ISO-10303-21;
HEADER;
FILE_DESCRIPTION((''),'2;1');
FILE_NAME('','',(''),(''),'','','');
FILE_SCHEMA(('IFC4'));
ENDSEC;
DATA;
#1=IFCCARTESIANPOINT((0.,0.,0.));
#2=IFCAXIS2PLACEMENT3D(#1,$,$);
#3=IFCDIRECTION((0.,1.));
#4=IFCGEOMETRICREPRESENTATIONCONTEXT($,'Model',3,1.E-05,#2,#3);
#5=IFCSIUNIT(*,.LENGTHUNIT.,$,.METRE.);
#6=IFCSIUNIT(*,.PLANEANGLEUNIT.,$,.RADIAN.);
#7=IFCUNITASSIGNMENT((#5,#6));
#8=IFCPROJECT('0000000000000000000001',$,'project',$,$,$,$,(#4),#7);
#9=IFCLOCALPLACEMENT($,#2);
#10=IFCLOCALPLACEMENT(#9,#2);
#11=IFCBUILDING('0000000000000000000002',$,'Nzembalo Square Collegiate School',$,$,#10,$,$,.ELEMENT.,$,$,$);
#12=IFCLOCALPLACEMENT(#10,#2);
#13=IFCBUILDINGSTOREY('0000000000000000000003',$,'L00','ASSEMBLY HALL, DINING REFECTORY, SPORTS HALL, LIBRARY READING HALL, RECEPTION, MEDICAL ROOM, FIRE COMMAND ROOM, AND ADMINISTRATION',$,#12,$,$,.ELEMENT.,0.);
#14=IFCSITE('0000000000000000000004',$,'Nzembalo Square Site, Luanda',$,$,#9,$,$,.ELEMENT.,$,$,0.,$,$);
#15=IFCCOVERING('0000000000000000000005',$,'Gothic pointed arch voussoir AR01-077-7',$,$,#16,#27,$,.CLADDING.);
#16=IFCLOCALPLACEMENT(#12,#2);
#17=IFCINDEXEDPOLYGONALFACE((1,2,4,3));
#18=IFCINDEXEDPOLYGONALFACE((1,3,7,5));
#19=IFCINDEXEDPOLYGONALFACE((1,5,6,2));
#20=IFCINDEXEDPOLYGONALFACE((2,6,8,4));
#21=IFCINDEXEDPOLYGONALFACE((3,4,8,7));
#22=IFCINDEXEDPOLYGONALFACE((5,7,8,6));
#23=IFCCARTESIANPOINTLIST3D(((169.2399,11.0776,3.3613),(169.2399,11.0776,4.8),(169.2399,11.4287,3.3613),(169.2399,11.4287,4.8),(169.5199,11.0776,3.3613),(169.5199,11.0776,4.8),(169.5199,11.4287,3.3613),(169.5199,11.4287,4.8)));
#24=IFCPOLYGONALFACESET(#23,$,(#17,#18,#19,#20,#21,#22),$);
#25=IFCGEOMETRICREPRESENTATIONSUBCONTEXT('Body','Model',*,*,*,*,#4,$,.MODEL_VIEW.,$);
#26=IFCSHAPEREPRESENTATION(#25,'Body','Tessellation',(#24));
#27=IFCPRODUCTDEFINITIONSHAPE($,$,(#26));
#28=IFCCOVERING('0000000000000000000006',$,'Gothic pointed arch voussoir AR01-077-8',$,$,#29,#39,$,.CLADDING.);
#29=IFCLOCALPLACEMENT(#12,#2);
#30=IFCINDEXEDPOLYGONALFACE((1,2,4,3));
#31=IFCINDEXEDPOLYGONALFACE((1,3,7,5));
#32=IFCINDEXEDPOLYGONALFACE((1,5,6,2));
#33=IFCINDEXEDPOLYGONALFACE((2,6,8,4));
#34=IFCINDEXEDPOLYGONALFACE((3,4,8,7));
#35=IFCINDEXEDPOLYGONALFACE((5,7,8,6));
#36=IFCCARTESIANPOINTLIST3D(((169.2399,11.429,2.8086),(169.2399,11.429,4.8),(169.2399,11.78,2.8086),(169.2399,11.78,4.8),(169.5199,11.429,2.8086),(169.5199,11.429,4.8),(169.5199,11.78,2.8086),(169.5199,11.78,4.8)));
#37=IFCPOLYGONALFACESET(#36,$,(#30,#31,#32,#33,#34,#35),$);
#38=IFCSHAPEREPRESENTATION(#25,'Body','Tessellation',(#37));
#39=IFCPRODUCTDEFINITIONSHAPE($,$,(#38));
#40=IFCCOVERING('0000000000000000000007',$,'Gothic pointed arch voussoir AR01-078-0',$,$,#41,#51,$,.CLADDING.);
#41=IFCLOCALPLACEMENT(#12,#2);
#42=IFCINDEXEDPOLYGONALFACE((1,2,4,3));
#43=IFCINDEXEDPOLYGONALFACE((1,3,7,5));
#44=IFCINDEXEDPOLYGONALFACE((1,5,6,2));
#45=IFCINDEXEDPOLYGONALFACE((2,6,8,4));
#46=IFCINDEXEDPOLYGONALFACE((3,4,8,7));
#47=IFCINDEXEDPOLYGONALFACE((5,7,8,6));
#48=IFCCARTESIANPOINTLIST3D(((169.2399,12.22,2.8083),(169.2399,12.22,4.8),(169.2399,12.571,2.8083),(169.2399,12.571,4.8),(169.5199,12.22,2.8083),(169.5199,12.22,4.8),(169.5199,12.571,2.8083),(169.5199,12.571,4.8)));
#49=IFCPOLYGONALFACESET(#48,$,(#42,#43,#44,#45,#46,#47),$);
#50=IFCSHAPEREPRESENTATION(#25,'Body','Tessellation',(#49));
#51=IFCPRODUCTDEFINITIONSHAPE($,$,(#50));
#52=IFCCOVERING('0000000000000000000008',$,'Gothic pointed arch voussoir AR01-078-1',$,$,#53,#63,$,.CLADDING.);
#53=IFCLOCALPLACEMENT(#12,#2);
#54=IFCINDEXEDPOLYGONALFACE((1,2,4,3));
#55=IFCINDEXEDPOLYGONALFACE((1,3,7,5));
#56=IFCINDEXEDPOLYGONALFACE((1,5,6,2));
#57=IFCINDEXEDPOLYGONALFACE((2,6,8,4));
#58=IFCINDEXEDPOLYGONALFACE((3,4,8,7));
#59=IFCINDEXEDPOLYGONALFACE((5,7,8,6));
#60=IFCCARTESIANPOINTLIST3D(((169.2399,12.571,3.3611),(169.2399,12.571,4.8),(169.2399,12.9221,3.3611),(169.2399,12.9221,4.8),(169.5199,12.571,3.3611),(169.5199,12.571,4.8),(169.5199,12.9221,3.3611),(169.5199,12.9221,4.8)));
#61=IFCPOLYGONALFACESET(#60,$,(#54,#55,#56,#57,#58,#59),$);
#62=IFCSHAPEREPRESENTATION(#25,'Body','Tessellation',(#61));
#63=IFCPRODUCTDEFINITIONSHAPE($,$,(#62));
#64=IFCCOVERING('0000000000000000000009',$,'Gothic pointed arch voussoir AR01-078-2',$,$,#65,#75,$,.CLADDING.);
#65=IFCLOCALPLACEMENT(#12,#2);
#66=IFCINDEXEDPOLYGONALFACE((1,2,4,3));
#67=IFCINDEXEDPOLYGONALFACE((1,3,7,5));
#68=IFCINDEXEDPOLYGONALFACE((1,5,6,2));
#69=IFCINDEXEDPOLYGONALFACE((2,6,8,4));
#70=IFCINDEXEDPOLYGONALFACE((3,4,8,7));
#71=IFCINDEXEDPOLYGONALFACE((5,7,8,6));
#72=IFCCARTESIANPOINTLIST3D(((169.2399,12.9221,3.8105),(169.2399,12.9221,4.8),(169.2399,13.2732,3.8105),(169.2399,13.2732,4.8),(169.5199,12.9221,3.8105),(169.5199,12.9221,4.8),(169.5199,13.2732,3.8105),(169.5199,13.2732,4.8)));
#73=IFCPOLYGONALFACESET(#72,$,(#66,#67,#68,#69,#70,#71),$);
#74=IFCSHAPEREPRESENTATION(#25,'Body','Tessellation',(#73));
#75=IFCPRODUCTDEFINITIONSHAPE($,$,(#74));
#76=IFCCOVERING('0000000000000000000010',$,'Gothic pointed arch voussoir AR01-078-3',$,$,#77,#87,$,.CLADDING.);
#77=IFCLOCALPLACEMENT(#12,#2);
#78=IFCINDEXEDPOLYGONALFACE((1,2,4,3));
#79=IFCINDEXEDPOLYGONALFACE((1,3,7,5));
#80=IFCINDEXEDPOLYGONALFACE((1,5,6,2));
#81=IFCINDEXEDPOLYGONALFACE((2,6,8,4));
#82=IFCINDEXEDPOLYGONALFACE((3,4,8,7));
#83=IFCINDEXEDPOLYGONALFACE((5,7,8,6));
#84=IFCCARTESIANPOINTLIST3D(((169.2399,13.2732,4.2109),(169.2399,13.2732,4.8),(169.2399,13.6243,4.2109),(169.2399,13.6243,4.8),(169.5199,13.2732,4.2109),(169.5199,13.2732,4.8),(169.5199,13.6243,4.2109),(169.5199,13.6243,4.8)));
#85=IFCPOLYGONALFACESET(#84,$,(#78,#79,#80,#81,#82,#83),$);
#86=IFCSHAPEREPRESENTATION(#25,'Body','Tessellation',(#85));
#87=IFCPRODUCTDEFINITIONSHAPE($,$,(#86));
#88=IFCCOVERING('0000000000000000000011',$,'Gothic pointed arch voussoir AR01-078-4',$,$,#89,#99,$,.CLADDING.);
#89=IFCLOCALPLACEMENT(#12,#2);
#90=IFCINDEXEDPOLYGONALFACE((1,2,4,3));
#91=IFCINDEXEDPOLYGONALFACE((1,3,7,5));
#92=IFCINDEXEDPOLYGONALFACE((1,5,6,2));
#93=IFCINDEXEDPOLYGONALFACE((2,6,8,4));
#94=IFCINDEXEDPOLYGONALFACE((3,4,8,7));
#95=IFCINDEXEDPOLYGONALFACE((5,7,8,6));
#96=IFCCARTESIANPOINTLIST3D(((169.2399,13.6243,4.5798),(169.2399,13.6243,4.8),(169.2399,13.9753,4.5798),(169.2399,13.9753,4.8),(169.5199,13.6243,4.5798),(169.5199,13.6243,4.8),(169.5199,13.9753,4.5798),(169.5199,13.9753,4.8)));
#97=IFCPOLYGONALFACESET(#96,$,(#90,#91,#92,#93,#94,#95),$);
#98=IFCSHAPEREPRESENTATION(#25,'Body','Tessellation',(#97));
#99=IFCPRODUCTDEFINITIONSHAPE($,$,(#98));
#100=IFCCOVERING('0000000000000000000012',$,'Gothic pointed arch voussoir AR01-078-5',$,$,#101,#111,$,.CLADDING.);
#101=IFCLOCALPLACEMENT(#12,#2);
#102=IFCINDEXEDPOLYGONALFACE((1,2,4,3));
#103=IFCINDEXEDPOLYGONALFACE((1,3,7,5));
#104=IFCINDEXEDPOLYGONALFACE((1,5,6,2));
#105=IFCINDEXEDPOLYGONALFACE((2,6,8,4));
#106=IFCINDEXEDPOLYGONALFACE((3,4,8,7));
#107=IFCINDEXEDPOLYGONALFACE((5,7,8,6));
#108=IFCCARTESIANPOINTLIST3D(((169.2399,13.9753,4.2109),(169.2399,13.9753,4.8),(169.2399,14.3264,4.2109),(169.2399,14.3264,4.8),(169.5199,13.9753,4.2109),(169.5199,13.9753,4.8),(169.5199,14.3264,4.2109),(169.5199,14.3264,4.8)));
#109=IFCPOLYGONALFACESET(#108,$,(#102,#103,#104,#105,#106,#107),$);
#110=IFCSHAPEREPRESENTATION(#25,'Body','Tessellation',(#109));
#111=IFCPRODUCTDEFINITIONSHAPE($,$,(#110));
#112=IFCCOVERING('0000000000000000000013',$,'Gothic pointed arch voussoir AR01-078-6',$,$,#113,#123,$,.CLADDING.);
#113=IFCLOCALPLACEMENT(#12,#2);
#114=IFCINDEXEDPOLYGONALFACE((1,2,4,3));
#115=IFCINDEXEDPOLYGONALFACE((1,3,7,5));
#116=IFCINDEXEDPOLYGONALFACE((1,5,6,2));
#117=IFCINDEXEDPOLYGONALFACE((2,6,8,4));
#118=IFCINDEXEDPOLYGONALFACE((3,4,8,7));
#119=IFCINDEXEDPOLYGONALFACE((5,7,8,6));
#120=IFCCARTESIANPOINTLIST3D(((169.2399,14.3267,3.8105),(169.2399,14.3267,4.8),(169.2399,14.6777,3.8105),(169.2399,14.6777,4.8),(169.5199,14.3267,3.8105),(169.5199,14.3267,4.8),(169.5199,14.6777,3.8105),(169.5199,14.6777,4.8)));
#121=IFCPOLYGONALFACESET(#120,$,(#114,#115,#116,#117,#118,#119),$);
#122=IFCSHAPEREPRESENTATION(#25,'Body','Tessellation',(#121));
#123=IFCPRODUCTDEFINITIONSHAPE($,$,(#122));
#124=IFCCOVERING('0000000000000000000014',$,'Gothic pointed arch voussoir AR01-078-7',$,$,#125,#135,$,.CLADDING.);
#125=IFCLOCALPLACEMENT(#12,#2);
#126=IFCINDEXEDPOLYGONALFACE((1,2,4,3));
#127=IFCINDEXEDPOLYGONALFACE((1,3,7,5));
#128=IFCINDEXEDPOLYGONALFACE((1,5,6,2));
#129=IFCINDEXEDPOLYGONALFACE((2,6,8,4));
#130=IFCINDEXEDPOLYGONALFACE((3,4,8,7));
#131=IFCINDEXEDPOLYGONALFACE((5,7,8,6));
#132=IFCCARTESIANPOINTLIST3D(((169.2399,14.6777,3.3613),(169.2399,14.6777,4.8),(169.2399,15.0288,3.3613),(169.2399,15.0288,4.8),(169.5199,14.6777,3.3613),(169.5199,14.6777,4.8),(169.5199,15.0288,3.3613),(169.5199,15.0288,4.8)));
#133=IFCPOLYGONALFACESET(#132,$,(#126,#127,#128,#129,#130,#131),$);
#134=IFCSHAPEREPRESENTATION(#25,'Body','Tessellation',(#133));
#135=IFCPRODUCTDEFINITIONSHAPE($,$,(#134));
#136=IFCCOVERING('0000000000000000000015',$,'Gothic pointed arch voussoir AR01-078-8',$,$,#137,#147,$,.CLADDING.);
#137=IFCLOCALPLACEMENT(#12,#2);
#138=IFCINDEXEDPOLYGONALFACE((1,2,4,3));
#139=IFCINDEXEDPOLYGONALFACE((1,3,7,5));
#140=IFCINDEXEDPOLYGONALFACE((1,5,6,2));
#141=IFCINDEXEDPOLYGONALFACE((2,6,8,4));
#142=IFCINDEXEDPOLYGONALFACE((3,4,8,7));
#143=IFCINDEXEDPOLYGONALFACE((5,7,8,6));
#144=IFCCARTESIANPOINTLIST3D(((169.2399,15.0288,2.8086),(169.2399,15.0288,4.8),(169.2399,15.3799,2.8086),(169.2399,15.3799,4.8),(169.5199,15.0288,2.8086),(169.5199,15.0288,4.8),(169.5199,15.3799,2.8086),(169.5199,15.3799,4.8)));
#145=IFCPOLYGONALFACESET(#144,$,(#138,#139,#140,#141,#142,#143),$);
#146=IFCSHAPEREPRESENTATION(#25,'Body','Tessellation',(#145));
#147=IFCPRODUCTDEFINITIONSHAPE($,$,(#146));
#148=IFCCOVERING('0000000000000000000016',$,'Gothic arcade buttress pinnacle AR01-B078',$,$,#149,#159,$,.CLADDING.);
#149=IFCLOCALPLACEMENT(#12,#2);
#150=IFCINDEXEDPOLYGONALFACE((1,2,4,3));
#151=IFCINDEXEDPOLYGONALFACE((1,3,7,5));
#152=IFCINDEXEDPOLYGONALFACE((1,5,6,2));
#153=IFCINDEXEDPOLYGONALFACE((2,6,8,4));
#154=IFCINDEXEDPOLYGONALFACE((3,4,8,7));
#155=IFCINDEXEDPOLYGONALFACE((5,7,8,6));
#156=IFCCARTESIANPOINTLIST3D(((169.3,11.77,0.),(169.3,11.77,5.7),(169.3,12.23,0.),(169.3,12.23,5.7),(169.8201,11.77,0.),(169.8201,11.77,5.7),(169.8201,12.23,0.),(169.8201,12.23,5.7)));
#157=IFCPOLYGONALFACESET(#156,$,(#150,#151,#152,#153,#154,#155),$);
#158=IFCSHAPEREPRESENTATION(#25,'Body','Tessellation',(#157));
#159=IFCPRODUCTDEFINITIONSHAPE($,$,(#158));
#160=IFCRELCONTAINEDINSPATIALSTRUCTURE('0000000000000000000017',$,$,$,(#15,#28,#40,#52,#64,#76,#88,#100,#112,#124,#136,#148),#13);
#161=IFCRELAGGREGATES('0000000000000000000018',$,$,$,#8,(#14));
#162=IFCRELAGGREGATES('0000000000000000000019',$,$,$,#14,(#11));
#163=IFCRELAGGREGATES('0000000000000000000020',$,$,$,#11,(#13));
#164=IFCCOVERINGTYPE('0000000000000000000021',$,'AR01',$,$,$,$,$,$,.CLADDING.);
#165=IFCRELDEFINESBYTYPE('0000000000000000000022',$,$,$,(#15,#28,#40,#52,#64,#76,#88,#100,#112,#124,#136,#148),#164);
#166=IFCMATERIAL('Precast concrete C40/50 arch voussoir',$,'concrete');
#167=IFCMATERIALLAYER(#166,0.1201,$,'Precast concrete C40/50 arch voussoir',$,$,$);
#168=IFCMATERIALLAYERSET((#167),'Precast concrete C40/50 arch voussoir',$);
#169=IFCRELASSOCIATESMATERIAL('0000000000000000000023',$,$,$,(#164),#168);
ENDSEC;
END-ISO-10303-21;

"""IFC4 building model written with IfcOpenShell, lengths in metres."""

from ifc_helpers import new_model, si_unit, direction, frame, origin, origin_2d, place, context, subcontext, project, spatial, rectangle, extrude, material, layer, layer_set, type_object, element, save


model = new_model("IFC4")

# Units and contexts
model_context = context("Model", 3, precision=1e-05, world=origin(), true_north=direction((0.0, 1.0)))
body_context = subcontext(model_context, "Body", "Model", "MODEL_VIEW")
ifc_project = project(units=[si_unit("LENGTHUNIT", "METRE"), si_unit("PLANEANGLEUNIT", "RADIAN")], contexts=[model_context])

# Site, building, storey
site_placement = place(None, origin())
site = spatial("IfcSite", under=ifc_project, at=site_placement, Name="Nzembalo Square Site, Luanda", CompositionType="ELEMENT", RefElevation=0.0)
building_placement = place(site_placement, origin())
building = spatial("IfcBuilding", under=site, at=building_placement, Name="Nzembalo Square Collegiate School", CompositionType="ELEMENT")
storey_placement = place(building_placement, origin())
storey = spatial("IfcBuildingStorey", under=building, at=storey_placement, Name="L00", Description="ASSEMBLY HALL, DINING REFECTORY, SPORTS HALL, LIBRARY READING HALL, RECEPTION, MEDICAL ROOM, FIRE COMMAND ROOM, AND ADMINISTRATION", CompositionType="ELEMENT", Elevation=0.0)

# Coverings
ifc_material_1 = material(Name="Precast concrete C40/50 arch voussoir", Category="concrete")
ifc_layer_1 = layer(ifc_material_1, 0.1201, Name="Precast concrete C40/50 arch voussoir")
ifc_layer_set_1 = layer_set([ifc_layer_1], Name="Precast concrete C40/50 arch voussoir")
covering_type = type_object("IfcCoveringType", Name="AR01", PredefinedType="CLADDING", material=ifc_layer_set_1)
covering_1_placement = place(storey_placement, frame((169.3799, 11.2532, 3.3613), z_axis=(0.0, 0.0, 1.0), x_axis=(1.0, 0.0, 0.0)))
element("IfcCovering", 1, at=covering_1_placement, inside=storey, type_object=covering_type, Name="Gothic pointed arch voussoir AR01-077-7", PredefinedType="CLADDING", context=body_context, shape_type="SweptSolid", body=[
    extrude(rectangle(XDim=0.28, YDim=0.3511, at=origin_2d()), origin(), (0.0, 0.0, 1.0), 1.4387),
])
covering_2_placement = place(storey_placement, frame((169.3799, 11.6045, 2.8086), z_axis=(0.0, 0.0, 1.0), x_axis=(1.0, 0.0, 0.0)))
element("IfcCovering", 2, at=covering_2_placement, inside=storey, type_object=covering_type, Name="Gothic pointed arch voussoir AR01-077-8", PredefinedType="CLADDING", context=body_context, shape_type="SweptSolid", body=[
    extrude(rectangle(XDim=0.28, YDim=0.3511, at=origin_2d()), origin(), (0.0, 0.0, 1.0), 1.9915),
])
covering_3_placement = place(storey_placement, frame((169.3799, 12.3955, 2.8083), z_axis=(0.0, 0.0, 1.0), x_axis=(1.0, 0.0, 0.0)))
element("IfcCovering", 3, at=covering_3_placement, inside=storey, type_object=covering_type, Name="Gothic pointed arch voussoir AR01-078-0", PredefinedType="CLADDING", context=body_context, shape_type="SweptSolid", body=[
    extrude(rectangle(XDim=0.28, YDim=0.3511, at=origin_2d()), origin(), (0.0, 0.0, 1.0), 1.9917),
])
covering_4_placement = place(storey_placement, frame((169.3799, 12.7466, 3.3611), z_axis=(0.0, 0.0, 1.0), x_axis=(1.0, 0.0, 0.0)))
element("IfcCovering", 4, at=covering_4_placement, inside=storey, type_object=covering_type, Name="Gothic pointed arch voussoir AR01-078-1", PredefinedType="CLADDING", context=body_context, shape_type="SweptSolid", body=[
    extrude(rectangle(XDim=0.28, YDim=0.3511, at=origin_2d()), origin(), (0.0, 0.0, 1.0), 1.439),
])
covering_5_placement = place(storey_placement, frame((169.3799, 13.0977, 3.8105), z_axis=(0.0, 0.0, 1.0), x_axis=(1.0, 0.0, 0.0)))
element("IfcCovering", 5, at=covering_5_placement, inside=storey, type_object=covering_type, Name="Gothic pointed arch voussoir AR01-078-2", PredefinedType="CLADDING", context=body_context, shape_type="SweptSolid", body=[
    extrude(rectangle(XDim=0.28, YDim=0.3511, at=origin_2d()), origin(), (0.0, 0.0, 1.0), 0.9895),
])
covering_6_placement = place(storey_placement, frame((169.3799, 13.4487, 4.2109), z_axis=(0.0, 0.0, 1.0), x_axis=(1.0, 0.0, 0.0)))
element("IfcCovering", 6, at=covering_6_placement, inside=storey, type_object=covering_type, Name="Gothic pointed arch voussoir AR01-078-3", PredefinedType="CLADDING", context=body_context, shape_type="SweptSolid", body=[
    extrude(rectangle(XDim=0.28, YDim=0.3511, at=origin_2d()), origin(), (0.0, 0.0, 1.0), 0.5891),
])
covering_7_placement = place(storey_placement, frame((169.3799, 13.7998, 4.5798), z_axis=(0.0, 0.0, 1.0), x_axis=(1.0, 0.0, 0.0)))
element("IfcCovering", 7, at=covering_7_placement, inside=storey, type_object=covering_type, Name="Gothic pointed arch voussoir AR01-078-4", PredefinedType="CLADDING", context=body_context, shape_type="SweptSolid", body=[
    extrude(rectangle(XDim=0.28, YDim=0.3511, at=origin_2d()), origin(), (0.0, 0.0, 1.0), 0.2202),
])
covering_8_placement = place(storey_placement, frame((169.3799, 14.1509, 4.2109), z_axis=(0.0, 0.0, 1.0), x_axis=(1.0, 0.0, 0.0)))
element("IfcCovering", 8, at=covering_8_placement, inside=storey, type_object=covering_type, Name="Gothic pointed arch voussoir AR01-078-5", PredefinedType="CLADDING", context=body_context, shape_type="SweptSolid", body=[
    extrude(rectangle(XDim=0.28, YDim=0.3511, at=origin_2d()), origin(), (0.0, 0.0, 1.0), 0.5891),
])
covering_9_placement = place(storey_placement, frame((169.3799, 14.5022, 3.8105), z_axis=(0.0, 0.0, 1.0), x_axis=(1.0, 0.0, 0.0)))
element("IfcCovering", 9, at=covering_9_placement, inside=storey, type_object=covering_type, Name="Gothic pointed arch voussoir AR01-078-6", PredefinedType="CLADDING", context=body_context, shape_type="SweptSolid", body=[
    extrude(rectangle(XDim=0.28, YDim=0.3511, at=origin_2d()), origin(), (0.0, 0.0, 1.0), 0.9895),
])
covering_10_placement = place(storey_placement, frame((169.3799, 14.8533, 3.3613), z_axis=(0.0, 0.0, 1.0), x_axis=(1.0, 0.0, 0.0)))
element("IfcCovering", 10, at=covering_10_placement, inside=storey, type_object=covering_type, Name="Gothic pointed arch voussoir AR01-078-7", PredefinedType="CLADDING", context=body_context, shape_type="SweptSolid", body=[
    extrude(rectangle(XDim=0.28, YDim=0.3511, at=origin_2d()), origin(), (0.0, 0.0, 1.0), 1.4387),
])
covering_11_placement = place(storey_placement, frame((169.3799, 15.2043, 2.8086), z_axis=(0.0, 0.0, 1.0), x_axis=(1.0, 0.0, 0.0)))
element("IfcCovering", 11, at=covering_11_placement, inside=storey, type_object=covering_type, Name="Gothic pointed arch voussoir AR01-078-8", PredefinedType="CLADDING", context=body_context, shape_type="SweptSolid", body=[
    extrude(rectangle(XDim=0.28, YDim=0.3511, at=origin_2d()), origin(), (0.0, 0.0, 1.0), 1.9915),
])
covering_12_placement = place(storey_placement, frame((169.5601, 12.0, 0.0), z_axis=(0.0, 0.0, 1.0), x_axis=(1.0, 0.0, 0.0)))
element("IfcCovering", 12, at=covering_12_placement, inside=storey, type_object=covering_type, Name="Gothic arcade buttress pinnacle AR01-B078", PredefinedType="CLADDING", context=body_context, shape_type="SweptSolid", body=[
    extrude(rectangle(XDim=0.52, YDim=0.46, at=origin_2d()), origin(), (0.0, 0.0, 1.0), 5.7),
])

save(model, "model.ifc")
